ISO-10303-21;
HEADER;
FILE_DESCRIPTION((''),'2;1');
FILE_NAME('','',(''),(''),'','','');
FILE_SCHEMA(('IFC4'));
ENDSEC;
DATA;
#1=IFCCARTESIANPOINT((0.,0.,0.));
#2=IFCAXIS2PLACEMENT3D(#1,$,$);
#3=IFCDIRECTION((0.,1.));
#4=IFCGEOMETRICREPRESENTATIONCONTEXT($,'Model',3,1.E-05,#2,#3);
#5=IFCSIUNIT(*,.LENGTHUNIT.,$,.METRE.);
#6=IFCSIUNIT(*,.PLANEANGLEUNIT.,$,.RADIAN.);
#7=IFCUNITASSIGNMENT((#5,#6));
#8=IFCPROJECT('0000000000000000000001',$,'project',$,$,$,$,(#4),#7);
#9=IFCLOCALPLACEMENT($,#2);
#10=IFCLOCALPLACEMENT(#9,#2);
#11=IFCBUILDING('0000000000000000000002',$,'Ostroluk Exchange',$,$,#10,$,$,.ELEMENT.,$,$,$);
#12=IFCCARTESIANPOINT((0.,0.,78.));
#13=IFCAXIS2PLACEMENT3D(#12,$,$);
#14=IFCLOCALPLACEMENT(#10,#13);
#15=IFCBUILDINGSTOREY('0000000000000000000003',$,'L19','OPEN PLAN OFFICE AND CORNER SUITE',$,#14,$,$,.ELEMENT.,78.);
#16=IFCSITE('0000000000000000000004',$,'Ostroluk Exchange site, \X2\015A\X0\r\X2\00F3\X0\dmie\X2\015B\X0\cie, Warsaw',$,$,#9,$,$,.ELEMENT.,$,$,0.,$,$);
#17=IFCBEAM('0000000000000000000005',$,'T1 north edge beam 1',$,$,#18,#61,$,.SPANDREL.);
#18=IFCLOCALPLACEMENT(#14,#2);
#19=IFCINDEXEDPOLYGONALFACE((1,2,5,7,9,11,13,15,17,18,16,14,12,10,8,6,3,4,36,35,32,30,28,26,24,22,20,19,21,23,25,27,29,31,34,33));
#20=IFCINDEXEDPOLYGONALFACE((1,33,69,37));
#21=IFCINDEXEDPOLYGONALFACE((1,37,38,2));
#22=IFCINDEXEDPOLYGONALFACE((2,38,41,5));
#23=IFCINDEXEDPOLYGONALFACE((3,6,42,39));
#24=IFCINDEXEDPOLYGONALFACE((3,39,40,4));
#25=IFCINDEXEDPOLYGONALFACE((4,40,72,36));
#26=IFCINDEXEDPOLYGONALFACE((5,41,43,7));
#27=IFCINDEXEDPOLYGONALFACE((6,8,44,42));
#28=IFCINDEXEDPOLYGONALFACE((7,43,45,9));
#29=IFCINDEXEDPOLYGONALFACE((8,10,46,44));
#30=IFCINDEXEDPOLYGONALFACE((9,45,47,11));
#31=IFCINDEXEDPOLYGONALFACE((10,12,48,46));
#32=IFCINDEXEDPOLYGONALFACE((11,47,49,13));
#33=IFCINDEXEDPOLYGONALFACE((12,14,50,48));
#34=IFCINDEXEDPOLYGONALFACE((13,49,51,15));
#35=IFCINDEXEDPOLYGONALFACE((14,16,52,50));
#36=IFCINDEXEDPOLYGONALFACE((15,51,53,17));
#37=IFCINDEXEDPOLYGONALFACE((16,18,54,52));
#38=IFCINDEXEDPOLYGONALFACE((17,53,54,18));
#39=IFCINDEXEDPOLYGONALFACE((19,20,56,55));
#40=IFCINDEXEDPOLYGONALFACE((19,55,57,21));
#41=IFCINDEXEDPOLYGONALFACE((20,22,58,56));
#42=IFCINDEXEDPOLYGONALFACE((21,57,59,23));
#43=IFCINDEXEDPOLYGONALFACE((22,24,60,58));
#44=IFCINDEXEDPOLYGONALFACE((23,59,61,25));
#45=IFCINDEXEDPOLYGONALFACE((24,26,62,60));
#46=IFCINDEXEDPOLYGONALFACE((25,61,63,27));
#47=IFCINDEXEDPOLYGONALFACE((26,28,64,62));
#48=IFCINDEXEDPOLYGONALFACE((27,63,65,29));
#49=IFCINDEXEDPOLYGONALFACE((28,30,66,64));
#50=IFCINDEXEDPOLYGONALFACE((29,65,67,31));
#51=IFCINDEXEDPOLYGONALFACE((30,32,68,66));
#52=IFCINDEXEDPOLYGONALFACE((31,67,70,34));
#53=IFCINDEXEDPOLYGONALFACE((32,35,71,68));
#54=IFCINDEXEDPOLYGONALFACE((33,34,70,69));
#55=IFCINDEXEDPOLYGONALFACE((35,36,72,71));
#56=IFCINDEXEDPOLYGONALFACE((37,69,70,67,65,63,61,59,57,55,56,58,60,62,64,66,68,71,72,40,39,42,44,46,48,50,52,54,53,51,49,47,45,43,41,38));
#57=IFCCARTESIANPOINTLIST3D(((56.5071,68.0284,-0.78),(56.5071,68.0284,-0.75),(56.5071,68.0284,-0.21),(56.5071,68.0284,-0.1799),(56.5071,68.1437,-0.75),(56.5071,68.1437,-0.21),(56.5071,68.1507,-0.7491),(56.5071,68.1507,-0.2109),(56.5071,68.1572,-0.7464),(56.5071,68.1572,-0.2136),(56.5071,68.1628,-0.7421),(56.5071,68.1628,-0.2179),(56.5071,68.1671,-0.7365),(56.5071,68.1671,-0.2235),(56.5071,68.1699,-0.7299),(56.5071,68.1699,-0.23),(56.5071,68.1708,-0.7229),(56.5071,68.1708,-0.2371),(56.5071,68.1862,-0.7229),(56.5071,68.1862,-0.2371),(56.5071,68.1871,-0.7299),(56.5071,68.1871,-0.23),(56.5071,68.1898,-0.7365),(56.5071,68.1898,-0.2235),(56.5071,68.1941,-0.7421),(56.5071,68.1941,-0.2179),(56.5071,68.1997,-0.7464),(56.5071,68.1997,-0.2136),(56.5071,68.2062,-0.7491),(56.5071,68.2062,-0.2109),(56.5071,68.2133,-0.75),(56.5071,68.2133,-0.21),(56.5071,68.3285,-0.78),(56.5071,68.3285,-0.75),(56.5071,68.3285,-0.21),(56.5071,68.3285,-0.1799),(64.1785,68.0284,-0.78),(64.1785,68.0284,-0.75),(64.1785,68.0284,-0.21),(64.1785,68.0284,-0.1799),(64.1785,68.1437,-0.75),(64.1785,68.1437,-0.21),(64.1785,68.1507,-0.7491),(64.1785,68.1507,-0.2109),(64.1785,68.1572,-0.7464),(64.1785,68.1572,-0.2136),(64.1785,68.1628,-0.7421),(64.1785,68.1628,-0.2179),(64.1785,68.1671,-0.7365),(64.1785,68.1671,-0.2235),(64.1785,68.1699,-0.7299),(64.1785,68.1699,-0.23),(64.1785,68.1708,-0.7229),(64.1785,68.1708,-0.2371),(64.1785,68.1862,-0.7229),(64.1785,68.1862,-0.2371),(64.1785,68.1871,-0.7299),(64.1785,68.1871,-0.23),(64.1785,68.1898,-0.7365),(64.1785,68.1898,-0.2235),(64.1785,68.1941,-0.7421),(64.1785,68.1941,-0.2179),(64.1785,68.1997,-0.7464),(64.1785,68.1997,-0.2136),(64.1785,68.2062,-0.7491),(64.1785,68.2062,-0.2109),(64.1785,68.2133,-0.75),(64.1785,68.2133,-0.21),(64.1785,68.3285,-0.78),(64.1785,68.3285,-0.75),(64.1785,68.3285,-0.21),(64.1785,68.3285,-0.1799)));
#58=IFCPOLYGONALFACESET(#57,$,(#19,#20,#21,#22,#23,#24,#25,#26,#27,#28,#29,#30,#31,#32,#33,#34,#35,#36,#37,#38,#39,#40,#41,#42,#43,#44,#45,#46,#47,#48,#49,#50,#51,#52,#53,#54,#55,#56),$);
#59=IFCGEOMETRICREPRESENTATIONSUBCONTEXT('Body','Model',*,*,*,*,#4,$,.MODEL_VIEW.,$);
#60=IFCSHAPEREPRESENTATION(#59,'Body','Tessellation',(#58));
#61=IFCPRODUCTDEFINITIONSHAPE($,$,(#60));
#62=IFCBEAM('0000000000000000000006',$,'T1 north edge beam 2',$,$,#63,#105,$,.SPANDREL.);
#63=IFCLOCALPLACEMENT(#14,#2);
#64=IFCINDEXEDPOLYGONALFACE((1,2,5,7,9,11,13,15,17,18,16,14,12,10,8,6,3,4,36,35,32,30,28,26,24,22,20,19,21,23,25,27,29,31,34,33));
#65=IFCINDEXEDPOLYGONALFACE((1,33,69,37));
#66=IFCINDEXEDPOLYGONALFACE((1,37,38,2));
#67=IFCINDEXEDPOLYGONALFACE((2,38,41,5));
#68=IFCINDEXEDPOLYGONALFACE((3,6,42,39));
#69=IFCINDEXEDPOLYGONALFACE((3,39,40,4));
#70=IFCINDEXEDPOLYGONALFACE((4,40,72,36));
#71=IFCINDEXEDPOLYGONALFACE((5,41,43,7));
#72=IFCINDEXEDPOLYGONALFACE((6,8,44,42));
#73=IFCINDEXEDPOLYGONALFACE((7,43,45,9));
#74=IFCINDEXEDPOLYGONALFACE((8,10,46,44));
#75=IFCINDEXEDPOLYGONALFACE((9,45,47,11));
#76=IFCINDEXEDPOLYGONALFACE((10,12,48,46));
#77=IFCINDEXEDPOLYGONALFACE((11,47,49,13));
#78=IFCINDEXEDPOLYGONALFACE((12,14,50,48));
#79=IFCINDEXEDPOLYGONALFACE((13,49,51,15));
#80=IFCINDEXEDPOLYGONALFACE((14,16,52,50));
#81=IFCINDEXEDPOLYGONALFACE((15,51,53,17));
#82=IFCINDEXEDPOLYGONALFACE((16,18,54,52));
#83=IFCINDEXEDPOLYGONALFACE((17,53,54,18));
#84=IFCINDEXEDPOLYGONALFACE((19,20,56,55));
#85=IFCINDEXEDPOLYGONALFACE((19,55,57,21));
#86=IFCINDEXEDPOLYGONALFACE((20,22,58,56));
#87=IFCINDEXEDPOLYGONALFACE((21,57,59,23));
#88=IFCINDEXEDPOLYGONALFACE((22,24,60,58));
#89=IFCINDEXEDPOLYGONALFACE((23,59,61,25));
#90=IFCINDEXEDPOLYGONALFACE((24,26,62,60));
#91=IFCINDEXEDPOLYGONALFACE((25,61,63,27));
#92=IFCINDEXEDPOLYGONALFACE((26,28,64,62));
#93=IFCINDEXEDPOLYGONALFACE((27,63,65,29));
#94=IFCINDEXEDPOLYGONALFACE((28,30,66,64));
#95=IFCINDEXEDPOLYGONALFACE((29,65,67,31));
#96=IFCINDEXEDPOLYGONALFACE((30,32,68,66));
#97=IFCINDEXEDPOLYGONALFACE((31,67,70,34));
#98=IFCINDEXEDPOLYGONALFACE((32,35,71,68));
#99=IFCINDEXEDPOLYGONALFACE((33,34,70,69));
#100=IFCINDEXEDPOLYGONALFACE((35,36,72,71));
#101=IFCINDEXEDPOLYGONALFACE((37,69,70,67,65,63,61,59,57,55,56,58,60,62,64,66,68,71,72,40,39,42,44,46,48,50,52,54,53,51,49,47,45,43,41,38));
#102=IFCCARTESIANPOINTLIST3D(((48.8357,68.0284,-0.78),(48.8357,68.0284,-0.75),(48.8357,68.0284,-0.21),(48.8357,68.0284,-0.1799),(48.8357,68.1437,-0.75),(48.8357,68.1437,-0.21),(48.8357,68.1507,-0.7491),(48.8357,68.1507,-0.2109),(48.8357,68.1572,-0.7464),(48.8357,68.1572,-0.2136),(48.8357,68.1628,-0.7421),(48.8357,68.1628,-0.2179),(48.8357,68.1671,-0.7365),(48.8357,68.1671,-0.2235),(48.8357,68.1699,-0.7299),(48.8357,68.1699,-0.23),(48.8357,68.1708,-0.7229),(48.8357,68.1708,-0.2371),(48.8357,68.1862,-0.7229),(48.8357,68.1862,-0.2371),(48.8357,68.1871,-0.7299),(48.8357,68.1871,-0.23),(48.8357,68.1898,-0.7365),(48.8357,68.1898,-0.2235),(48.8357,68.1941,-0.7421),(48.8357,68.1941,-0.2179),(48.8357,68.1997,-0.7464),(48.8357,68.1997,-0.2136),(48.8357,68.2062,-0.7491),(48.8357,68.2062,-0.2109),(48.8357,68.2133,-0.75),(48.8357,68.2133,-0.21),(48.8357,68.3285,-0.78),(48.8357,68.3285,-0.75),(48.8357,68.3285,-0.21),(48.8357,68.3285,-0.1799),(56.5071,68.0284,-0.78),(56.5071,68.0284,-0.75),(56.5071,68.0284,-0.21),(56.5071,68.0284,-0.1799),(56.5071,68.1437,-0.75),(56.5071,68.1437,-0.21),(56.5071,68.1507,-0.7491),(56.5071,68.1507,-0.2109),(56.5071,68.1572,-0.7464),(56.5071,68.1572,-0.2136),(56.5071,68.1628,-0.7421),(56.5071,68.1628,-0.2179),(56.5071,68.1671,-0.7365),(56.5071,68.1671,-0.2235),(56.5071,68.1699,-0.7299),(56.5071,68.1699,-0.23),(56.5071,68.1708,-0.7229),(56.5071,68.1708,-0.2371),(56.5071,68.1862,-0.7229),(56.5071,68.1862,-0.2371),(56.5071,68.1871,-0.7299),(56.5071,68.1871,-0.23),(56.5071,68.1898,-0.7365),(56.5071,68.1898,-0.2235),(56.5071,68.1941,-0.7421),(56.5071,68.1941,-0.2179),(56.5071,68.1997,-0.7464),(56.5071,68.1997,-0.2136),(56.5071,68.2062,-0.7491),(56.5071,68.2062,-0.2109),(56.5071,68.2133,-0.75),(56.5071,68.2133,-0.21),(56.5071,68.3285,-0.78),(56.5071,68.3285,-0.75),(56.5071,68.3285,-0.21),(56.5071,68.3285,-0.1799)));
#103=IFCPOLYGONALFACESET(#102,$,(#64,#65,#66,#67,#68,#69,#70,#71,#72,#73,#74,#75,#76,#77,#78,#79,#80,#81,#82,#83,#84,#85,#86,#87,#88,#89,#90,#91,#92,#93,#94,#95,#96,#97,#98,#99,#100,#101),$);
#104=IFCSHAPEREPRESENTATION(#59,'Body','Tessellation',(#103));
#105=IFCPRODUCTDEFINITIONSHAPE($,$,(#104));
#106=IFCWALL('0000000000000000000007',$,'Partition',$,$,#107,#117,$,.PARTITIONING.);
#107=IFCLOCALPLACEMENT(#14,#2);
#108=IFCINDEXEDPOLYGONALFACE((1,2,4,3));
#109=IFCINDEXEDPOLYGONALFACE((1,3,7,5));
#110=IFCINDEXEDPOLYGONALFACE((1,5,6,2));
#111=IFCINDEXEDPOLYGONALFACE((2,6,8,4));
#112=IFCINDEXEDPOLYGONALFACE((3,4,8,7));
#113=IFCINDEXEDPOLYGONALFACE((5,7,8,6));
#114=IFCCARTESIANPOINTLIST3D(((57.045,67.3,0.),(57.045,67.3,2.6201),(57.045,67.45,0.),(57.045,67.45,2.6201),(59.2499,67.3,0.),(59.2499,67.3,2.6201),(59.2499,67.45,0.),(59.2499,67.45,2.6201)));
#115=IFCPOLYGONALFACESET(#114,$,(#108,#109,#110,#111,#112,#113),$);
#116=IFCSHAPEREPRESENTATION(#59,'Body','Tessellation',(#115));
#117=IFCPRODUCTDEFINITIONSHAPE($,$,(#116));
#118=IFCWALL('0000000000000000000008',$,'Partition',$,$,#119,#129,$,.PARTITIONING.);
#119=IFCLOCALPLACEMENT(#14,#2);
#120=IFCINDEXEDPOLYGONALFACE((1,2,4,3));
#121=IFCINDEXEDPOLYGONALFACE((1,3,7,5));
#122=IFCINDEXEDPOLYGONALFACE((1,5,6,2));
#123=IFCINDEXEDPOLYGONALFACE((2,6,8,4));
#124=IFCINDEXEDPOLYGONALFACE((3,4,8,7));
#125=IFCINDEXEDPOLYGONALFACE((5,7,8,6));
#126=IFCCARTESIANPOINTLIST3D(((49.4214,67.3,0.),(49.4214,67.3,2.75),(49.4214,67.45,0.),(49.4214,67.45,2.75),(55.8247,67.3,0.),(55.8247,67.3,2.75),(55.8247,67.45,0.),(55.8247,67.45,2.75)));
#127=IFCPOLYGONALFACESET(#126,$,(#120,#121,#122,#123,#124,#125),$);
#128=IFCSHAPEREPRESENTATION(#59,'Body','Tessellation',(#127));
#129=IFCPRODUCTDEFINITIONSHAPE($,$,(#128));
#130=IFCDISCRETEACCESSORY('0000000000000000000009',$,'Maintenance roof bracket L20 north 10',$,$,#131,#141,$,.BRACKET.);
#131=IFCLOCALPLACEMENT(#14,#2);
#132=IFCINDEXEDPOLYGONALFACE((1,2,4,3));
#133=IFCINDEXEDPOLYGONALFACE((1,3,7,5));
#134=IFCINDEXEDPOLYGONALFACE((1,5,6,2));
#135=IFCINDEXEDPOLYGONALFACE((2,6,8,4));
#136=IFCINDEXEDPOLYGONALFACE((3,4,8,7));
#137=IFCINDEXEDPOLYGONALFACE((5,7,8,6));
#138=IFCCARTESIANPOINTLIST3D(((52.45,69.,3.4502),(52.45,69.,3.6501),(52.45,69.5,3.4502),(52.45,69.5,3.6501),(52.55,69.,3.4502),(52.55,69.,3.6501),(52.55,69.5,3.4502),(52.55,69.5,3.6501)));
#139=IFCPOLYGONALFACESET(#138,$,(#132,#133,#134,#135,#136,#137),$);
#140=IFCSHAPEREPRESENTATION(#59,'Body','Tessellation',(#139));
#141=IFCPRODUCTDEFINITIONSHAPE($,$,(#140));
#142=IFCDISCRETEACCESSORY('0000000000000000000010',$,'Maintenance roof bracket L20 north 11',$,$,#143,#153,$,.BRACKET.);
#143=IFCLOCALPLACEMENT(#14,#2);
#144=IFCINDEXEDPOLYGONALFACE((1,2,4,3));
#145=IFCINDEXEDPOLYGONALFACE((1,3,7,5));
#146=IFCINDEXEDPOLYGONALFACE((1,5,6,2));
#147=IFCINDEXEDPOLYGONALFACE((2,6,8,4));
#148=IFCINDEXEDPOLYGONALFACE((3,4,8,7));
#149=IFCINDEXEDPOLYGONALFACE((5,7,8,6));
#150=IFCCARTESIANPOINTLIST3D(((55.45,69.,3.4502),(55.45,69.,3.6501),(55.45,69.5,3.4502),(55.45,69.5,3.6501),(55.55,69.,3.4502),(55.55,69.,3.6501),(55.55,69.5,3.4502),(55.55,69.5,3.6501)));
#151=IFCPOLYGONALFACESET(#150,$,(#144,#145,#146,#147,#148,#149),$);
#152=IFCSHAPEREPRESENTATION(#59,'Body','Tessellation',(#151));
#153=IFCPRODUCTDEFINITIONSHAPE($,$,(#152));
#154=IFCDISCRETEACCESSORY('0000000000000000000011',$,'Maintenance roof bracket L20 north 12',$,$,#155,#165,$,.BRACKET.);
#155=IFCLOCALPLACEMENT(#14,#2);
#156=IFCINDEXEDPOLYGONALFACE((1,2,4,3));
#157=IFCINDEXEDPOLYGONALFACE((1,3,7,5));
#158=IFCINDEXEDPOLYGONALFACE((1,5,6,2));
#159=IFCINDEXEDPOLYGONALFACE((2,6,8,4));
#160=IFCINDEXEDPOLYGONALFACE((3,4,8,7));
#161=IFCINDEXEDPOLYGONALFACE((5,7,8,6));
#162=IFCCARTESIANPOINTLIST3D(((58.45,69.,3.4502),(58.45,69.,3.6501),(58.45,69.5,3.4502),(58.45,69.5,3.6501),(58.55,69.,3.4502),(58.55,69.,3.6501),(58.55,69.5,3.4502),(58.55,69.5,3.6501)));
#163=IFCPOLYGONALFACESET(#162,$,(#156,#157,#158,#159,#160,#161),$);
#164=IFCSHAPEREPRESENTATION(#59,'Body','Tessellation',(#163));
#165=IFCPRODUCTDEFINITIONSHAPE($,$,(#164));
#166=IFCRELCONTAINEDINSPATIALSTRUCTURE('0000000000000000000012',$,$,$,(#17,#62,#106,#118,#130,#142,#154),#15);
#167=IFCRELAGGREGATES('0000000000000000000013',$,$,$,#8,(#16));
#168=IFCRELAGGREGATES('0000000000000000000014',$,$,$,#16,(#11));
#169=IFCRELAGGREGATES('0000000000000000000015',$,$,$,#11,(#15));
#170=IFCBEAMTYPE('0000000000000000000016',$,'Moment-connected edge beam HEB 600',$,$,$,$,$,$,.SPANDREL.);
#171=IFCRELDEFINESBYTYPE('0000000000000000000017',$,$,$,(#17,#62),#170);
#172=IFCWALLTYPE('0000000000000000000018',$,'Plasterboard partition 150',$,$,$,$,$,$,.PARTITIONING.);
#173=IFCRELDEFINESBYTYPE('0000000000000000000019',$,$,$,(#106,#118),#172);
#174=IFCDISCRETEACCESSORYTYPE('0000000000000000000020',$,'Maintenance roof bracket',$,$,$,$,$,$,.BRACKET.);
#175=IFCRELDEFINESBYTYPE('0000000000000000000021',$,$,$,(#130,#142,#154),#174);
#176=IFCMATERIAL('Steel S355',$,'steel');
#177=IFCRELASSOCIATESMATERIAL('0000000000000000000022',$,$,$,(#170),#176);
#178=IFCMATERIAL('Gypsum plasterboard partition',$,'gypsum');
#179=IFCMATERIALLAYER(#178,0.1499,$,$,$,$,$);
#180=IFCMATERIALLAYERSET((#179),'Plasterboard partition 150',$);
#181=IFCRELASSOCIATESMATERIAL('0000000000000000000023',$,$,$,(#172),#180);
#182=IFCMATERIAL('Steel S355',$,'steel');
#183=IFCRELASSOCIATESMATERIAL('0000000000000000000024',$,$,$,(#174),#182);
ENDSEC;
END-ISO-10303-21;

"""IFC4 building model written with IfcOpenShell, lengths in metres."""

from ifc_helpers import new_model, si_unit, direction, frame, frame_2d, origin, origin_2d, place, context, subcontext, project, spatial, rectangle, i_section, extrude, material, layer, layer_set, material_profile, profile_set, type_object, element, save


model = new_model("IFC4")

# Units and contexts
model_context = context("Model", 3, precision=1e-05, world=origin(), true_north=direction((0.0, 1.0)))
body_context = subcontext(model_context, "Body", "Model", "MODEL_VIEW")
ifc_project = project(units=[si_unit("LENGTHUNIT", "METRE"), si_unit("PLANEANGLEUNIT", "RADIAN")], contexts=[model_context])

# Site, building, storey
site_placement = place(None, origin())
site = spatial("IfcSite", under=ifc_project, at=site_placement, Name="Ostroluk Exchange site, Śródmieście, Warsaw", CompositionType="ELEMENT", RefElevation=0.0)
building_placement = place(site_placement, origin())
building = spatial("IfcBuilding", under=site, at=building_placement, Name="Ostroluk Exchange", CompositionType="ELEMENT")
storey_placement = place(building_placement, frame((0.0, 0.0, 78.0)))
storey = spatial("IfcBuildingStorey", under=building, at=storey_placement, Name="L19", Description="OPEN PLAN OFFICE AND CORNER SUITE", CompositionType="ELEMENT", Elevation=78.0)

# Beams
ifc_material_1 = material(Name="Steel S355", Category="steel")
ifc_material_profile_1 = material_profile(ifc_material_1, i_section(OverallWidth=0.3, OverallDepth=0.6001, WebThickness=0.0154, FlangeThickness=0.03, FilletRadius=0.0271, at=origin_2d()), Name="HEB 600")
ifc_profile_set_1 = profile_set([ifc_material_profile_1], Name="Steel S355")
beam_type_1 = type_object("IfcBeamType", Name="Moment-connected edge beam HEB 600", PredefinedType="SPANDREL", material=ifc_profile_set_1)
for number, where, z_axis, x_axis, name in (
    (1, (64.1785, 68.1785, -0.48), (-1.0, 0.0, 0.0), (0.0, -1.0, 0.0), "T1 north edge beam 1"),
    (2, (56.5071, 68.1785, -0.48), (-1.0, 0.0, 0.0), (0.0, -1.0, 0.0), "T1 north edge beam 2"),
):
    element("IfcBeam", number, at=place(storey_placement, frame(where, z_axis=z_axis, x_axis=x_axis)), inside=storey, type_object=beam_type_1, Name=name, PredefinedType="SPANDREL", context=body_context, shape_type="SweptSolid", body=[
        extrude(i_section(OverallWidth=0.3, OverallDepth=0.6001, WebThickness=0.0154, FlangeThickness=0.03, FilletRadius=0.0271, at=origin_2d()), origin(), (0.0, 0.0, 1.0), 7.6714),
    ])

# Walls
ifc_material_2 = material(Name="Gypsum plasterboard partition", Category="gypsum")
ifc_layer = layer(ifc_material_2, 0.1499)
ifc_layer_set = layer_set([ifc_layer], Name="Plasterboard partition 150")
wall_type = type_object("IfcWallType", Name="Plasterboard partition 150", PredefinedType="PARTITIONING", material=ifc_layer_set)
wall_1_placement = place(storey_placement, frame((59.25, 67.375, 0.0), z_axis=(0.0, 0.0, 1.0), x_axis=(-1.0, 0.0, 0.0)))
element("IfcWall", 3, at=wall_1_placement, inside=storey, type_object=wall_type, Name="Partition", PredefinedType="PARTITIONING", context=body_context, shape_type="SweptSolid", body=[
    extrude(rectangle(XDim=2.2048, YDim=0.1499, at=frame_2d((1.1025, 0.0))), origin(), (0.0, 0.0, 1.0), 2.6201),
])
wall_2_placement = place(storey_placement, frame((55.8247, 67.375, 0.0), z_axis=(0.0, 0.0, 1.0), x_axis=(-1.0, 0.0, 0.0)))
element("IfcWall", 4, at=wall_2_placement, inside=storey, type_object=wall_type, Name="Partition", PredefinedType="PARTITIONING", context=body_context, shape_type="SweptSolid", body=[
    extrude(rectangle(XDim=6.4033, YDim=0.1499, at=frame_2d((3.2017, 0.0))), origin(), (0.0, 0.0, 1.0), 2.75),
])

# Discrete accessories
ifc_material_3 = material(Name="Steel S355", Category="steel")
discrete_accessory_type = type_object("IfcDiscreteAccessoryType", Name="Maintenance roof bracket", PredefinedType="BRACKET", material=ifc_material_3)
for number, where, z_axis, x_axis, name in (
    (5, (52.5, 69.25, 3.4502), (0.0, 0.0, 1.0), (1.0, 0.0, 0.0), "Maintenance roof bracket L20 north 10"),
    (6, (55.5, 69.25, 3.4502), (0.0, 0.0, 1.0), (1.0, 0.0, 0.0), "Maintenance roof bracket L20 north 11"),
    (7, (58.5, 69.25, 3.4502), (0.0, 0.0, 1.0), (1.0, 0.0, 0.0), "Maintenance roof bracket L20 north 12"),
):
    element("IfcDiscreteAccessory", number, at=place(storey_placement, frame(where, z_axis=z_axis, x_axis=x_axis)), inside=storey, type_object=discrete_accessory_type, Name=name, PredefinedType="BRACKET", context=body_context, shape_type="SweptSolid", body=[
        extrude(rectangle(XDim=0.1001, YDim=0.5, at=origin_2d()), origin(), (0.0, 0.0, 1.0), 0.2),
    ])

save(model, "model.ifc")
